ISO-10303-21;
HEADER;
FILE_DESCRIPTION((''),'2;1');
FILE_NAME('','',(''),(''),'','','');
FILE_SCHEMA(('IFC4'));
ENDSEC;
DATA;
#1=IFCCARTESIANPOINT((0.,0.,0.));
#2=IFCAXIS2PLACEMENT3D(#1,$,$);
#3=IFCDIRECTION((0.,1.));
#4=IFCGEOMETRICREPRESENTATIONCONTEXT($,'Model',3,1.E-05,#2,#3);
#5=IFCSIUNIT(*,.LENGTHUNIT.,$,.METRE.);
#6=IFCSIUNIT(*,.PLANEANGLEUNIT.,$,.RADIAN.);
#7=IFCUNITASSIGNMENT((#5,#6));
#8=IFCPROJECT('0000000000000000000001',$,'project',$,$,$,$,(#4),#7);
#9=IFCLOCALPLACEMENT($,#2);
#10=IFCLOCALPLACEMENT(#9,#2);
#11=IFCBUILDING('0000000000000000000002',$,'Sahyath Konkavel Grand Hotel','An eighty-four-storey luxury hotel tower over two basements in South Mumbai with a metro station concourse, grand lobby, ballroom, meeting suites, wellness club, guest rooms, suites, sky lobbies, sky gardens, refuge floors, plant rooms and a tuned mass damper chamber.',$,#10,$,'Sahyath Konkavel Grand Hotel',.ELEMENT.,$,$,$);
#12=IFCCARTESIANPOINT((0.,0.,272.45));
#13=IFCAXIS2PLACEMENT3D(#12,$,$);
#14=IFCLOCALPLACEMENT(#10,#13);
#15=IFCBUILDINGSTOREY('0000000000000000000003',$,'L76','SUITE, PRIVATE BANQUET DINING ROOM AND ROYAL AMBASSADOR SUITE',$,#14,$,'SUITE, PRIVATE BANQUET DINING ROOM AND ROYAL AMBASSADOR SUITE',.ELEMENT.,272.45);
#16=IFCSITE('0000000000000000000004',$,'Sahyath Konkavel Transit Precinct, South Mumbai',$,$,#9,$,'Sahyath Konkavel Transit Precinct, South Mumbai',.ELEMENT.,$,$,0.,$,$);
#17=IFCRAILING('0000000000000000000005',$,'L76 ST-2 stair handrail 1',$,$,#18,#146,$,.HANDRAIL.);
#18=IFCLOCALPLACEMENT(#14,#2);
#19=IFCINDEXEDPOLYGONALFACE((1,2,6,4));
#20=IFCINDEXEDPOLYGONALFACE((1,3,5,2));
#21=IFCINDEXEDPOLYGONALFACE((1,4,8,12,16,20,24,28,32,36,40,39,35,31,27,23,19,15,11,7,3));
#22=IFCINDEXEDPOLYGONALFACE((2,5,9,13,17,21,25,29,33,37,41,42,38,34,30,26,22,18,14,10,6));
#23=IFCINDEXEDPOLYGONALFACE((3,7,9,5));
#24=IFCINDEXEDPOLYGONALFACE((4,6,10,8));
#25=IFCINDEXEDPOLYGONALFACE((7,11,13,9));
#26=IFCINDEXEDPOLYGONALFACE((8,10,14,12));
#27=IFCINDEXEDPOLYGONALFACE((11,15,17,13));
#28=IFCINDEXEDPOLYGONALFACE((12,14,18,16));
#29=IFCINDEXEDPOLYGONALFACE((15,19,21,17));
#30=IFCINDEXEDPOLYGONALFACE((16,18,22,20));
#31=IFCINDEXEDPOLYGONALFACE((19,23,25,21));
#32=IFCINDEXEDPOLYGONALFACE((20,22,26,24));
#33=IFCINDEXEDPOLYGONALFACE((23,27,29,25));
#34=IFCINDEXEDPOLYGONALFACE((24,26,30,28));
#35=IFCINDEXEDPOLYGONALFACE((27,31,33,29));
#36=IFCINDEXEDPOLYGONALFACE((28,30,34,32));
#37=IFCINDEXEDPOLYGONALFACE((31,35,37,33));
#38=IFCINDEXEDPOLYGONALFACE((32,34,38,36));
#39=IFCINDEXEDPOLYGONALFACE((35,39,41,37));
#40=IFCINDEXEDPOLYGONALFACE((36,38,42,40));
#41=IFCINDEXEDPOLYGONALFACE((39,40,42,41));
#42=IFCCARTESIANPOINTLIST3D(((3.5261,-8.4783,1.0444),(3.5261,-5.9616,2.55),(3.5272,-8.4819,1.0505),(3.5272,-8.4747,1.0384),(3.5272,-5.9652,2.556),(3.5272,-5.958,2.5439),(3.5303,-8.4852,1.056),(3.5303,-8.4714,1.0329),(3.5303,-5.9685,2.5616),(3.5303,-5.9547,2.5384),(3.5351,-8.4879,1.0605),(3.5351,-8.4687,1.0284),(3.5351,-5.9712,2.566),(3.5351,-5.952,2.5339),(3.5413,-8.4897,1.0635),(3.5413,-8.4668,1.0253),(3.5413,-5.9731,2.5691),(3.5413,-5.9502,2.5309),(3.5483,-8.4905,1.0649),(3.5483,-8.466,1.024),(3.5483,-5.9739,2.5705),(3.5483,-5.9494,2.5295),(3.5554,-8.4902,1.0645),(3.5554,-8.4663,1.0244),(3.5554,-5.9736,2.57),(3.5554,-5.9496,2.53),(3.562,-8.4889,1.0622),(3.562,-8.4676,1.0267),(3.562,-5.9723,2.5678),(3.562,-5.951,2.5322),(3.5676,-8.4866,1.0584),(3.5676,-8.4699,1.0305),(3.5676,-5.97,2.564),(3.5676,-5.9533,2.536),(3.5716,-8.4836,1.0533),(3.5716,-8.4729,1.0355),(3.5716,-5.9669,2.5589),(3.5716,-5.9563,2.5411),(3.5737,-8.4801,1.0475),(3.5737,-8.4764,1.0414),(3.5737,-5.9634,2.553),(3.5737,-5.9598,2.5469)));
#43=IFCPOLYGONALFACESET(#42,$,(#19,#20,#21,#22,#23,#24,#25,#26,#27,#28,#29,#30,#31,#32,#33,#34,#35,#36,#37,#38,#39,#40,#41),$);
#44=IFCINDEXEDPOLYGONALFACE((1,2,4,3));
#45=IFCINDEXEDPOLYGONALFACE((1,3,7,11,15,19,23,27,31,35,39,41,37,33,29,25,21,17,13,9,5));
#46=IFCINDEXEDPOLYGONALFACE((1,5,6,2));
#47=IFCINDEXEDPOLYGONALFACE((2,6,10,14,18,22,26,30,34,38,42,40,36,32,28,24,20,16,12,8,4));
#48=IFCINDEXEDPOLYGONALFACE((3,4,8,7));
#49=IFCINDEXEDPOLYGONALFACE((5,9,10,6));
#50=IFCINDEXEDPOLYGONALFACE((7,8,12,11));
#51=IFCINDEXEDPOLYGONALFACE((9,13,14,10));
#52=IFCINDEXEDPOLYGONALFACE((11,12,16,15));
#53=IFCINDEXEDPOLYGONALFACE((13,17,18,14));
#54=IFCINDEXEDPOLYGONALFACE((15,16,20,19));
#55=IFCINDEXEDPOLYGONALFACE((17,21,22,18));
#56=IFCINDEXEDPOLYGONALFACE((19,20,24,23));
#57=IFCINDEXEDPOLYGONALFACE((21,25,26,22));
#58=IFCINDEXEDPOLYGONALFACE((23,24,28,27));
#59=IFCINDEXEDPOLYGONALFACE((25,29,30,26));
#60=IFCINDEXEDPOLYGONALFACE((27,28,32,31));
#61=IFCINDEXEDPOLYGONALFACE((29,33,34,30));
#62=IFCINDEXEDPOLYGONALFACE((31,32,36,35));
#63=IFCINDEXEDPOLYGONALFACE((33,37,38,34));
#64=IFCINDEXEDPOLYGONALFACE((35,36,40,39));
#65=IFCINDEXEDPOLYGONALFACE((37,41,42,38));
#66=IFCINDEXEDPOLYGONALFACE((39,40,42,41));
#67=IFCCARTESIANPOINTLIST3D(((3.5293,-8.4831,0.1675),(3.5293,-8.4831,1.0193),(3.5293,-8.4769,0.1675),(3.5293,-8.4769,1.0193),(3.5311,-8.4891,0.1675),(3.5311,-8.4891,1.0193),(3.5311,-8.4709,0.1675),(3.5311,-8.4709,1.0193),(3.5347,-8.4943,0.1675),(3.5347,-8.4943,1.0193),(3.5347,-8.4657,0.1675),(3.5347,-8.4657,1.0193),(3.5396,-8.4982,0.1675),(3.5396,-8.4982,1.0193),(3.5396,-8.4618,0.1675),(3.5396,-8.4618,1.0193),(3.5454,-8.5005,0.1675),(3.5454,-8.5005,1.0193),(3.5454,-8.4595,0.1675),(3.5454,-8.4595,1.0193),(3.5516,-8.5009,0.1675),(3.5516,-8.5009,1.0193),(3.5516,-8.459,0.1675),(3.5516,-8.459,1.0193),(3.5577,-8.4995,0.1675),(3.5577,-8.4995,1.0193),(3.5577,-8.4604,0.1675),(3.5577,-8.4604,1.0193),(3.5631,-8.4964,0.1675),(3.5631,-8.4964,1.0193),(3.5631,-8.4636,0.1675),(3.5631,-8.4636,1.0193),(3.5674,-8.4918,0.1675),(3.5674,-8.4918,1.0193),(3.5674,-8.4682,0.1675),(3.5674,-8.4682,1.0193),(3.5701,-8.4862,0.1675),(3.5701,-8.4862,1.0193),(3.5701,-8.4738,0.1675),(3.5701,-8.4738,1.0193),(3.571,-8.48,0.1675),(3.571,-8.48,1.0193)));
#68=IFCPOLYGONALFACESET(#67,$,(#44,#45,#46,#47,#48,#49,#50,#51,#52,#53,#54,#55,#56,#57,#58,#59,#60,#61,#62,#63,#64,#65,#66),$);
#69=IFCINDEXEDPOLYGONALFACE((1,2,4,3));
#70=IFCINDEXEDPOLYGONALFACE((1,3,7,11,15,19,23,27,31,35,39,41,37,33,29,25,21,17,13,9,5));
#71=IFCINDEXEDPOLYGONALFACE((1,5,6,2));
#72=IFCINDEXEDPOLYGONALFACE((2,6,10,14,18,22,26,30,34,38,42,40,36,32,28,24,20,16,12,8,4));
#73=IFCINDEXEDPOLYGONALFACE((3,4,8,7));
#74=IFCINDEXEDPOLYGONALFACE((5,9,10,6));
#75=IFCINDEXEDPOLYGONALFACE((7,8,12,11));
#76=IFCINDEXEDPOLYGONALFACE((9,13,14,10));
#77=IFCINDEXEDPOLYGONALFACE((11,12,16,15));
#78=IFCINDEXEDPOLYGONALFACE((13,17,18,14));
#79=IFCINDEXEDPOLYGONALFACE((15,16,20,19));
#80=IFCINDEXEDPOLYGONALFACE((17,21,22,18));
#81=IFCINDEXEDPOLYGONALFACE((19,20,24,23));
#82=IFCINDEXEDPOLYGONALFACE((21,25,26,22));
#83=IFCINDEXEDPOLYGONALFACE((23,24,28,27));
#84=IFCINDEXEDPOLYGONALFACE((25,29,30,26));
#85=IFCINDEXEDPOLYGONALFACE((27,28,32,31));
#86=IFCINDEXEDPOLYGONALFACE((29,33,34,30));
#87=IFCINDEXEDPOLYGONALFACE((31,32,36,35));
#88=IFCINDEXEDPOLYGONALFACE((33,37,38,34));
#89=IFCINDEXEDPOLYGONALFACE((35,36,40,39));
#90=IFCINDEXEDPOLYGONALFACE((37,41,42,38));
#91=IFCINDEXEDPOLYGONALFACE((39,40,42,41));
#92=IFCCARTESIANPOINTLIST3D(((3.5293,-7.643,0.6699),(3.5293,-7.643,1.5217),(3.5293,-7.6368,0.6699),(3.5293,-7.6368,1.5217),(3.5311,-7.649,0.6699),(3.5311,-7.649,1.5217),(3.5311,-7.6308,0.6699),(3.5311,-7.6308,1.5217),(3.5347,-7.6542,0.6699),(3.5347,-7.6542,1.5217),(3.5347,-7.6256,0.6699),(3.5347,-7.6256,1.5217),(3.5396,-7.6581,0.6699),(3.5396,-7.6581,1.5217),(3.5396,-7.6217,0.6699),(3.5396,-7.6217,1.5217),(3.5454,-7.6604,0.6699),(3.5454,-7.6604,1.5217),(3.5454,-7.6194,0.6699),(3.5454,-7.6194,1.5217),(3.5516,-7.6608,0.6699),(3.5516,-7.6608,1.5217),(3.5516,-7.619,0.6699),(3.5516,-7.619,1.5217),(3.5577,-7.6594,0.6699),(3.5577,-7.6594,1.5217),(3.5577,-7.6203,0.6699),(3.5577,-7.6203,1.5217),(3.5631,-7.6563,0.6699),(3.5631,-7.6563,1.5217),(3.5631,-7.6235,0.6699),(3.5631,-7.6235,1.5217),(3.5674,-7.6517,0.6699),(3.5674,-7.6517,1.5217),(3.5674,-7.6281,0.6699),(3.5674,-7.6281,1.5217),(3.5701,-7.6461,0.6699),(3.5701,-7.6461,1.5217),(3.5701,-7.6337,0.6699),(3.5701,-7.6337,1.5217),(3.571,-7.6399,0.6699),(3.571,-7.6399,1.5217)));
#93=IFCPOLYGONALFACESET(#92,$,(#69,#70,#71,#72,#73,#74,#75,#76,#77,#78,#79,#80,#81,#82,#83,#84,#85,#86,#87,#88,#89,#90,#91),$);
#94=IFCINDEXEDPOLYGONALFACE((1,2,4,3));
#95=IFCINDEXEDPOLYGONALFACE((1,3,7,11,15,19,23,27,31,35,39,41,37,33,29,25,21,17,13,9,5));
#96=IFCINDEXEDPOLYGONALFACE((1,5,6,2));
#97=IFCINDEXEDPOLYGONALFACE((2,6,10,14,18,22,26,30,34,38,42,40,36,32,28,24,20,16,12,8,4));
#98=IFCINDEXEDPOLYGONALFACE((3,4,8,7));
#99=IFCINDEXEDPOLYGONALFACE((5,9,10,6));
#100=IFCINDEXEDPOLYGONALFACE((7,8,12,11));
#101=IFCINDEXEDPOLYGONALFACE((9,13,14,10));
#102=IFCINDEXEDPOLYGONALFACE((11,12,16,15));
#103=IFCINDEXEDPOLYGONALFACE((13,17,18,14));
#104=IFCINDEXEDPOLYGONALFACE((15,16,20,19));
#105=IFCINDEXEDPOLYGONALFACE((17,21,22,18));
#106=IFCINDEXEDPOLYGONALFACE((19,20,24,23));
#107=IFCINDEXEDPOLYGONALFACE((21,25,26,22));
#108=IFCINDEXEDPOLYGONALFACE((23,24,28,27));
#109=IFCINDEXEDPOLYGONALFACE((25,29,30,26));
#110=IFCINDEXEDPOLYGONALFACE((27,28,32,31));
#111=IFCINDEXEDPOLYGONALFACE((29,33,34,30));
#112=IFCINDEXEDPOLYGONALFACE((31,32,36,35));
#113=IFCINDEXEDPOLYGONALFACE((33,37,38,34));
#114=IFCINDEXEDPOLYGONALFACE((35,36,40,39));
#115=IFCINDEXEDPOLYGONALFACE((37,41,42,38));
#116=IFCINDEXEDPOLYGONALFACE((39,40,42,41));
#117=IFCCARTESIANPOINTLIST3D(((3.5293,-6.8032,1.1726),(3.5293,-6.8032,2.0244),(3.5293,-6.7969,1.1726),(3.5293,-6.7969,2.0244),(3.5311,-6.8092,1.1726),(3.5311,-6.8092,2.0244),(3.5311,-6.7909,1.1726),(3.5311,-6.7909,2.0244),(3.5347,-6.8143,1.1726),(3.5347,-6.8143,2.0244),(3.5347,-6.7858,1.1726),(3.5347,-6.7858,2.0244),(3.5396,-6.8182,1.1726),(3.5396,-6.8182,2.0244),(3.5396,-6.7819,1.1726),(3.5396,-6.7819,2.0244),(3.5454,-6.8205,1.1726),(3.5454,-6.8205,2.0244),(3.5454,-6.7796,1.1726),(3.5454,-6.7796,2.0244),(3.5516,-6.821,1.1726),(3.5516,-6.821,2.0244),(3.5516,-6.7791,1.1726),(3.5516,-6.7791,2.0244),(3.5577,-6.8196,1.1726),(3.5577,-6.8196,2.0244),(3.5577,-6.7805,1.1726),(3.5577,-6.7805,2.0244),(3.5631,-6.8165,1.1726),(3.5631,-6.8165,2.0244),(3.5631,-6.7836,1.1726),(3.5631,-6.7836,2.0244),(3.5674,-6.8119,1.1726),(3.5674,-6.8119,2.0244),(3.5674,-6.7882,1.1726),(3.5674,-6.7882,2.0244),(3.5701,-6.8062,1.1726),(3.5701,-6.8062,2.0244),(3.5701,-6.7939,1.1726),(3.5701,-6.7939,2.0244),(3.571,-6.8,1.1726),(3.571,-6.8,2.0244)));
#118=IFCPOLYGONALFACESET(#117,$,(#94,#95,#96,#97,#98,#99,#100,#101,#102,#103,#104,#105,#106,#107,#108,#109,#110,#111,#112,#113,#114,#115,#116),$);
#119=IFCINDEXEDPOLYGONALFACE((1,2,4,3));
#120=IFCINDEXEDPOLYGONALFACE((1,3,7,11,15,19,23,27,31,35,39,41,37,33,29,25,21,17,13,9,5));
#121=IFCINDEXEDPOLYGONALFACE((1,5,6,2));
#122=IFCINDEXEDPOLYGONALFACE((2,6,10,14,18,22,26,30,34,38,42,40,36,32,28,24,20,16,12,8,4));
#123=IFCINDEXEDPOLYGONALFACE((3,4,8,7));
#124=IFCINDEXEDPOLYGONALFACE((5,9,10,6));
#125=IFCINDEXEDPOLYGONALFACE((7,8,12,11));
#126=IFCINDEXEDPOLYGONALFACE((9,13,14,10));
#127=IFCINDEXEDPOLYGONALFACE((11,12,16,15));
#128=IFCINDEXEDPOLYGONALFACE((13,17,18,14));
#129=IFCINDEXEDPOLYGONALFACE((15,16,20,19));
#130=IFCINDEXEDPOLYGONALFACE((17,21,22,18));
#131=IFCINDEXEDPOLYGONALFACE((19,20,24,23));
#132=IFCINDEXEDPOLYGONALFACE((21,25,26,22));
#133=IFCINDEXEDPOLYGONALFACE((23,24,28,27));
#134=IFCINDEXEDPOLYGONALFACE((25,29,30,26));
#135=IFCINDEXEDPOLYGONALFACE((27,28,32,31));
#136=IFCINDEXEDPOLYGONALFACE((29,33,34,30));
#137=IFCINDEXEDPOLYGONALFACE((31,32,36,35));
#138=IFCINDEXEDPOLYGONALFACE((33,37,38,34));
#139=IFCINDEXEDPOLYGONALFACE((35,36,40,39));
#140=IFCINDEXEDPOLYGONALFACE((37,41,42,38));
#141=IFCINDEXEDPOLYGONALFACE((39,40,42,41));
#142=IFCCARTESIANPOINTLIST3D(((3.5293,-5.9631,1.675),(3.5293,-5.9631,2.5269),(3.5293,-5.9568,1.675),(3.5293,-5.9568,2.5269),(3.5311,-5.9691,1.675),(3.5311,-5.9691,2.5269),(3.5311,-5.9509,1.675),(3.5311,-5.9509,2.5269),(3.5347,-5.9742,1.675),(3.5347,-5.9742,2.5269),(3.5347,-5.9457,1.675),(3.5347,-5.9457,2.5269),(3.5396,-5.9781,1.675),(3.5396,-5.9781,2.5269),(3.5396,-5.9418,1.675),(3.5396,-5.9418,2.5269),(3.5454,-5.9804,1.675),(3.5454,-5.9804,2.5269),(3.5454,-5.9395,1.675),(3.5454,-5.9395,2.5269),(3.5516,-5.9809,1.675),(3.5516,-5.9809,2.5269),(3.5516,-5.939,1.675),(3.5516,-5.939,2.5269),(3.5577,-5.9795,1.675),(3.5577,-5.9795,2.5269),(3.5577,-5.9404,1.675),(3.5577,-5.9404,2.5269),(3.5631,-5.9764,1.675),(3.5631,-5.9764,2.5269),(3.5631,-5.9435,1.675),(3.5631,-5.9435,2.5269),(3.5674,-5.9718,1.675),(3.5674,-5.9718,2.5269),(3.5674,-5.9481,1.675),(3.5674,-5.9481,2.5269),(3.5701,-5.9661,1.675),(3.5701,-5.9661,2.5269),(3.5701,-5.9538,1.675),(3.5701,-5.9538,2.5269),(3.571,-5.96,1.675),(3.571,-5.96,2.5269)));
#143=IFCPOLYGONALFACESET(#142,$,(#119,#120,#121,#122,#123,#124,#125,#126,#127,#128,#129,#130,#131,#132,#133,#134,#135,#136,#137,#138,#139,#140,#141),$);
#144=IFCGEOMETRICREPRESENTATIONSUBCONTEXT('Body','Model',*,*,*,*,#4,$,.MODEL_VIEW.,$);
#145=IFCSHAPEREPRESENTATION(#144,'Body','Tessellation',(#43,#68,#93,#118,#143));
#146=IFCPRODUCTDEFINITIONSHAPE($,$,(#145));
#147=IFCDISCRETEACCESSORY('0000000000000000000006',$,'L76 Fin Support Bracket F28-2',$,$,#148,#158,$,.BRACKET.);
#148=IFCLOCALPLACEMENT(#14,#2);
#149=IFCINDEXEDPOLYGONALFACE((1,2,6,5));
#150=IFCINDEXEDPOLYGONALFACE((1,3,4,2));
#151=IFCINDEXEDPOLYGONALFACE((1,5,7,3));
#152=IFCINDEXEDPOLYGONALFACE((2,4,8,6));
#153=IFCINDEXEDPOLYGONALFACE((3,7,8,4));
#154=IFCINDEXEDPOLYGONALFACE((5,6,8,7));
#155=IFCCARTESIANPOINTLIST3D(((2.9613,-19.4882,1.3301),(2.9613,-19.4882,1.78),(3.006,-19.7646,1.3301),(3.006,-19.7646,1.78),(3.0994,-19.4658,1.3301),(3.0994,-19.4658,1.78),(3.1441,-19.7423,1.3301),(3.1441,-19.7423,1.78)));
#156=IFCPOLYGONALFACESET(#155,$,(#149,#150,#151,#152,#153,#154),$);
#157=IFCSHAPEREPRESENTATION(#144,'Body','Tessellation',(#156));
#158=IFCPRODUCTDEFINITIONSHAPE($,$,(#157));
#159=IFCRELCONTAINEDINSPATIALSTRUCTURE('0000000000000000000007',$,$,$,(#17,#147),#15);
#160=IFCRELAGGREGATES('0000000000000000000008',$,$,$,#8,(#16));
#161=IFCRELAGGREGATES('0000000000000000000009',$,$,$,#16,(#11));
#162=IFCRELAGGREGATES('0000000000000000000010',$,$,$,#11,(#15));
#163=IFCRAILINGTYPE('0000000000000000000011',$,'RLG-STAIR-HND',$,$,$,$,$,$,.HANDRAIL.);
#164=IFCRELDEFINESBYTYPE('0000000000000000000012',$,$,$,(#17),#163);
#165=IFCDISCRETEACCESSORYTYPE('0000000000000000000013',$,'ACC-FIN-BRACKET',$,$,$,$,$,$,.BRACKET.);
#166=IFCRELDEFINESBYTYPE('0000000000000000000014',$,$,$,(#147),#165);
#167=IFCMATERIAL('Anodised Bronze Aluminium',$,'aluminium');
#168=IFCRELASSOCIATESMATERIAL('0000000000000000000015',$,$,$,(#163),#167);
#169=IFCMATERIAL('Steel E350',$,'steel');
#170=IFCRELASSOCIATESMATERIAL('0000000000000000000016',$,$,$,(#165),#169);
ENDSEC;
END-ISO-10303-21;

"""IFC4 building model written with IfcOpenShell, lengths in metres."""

from ifc_helpers import new_model, si_unit, direction, frame, origin, origin_2d, place, context, subcontext, project, spatial, rectangle, circle, extrude, source, transform, mapped, material, type_object, element, save


model = new_model("IFC4")

# Units and contexts
model_context = context("Model", 3, precision=1e-05, world=origin(), true_north=direction((0.0, 1.0)))
body_context = subcontext(model_context, "Body", "Model", "MODEL_VIEW")
ifc_project = project(units=[si_unit("LENGTHUNIT", "METRE"), si_unit("PLANEANGLEUNIT", "RADIAN")], contexts=[model_context])

# Site, building, storey
site_placement = place(None, origin())
site = spatial("IfcSite", under=ifc_project, at=site_placement, Name="Sahyath Konkavel Transit Precinct, South Mumbai", LongName="Sahyath Konkavel Transit Precinct, South Mumbai", CompositionType="ELEMENT", RefElevation=0.0)
building_placement = place(site_placement, origin())
building = spatial("IfcBuilding", under=site, at=building_placement, Name="Sahyath Konkavel Grand Hotel", Description="An eighty-four-storey luxury hotel tower over two basements in South Mumbai with a metro station concourse, grand lobby, ballroom, meeting suites, wellness club, guest rooms, suites, sky lobbies, sky gardens, refuge floors, plant rooms and a tuned mass damper chamber.", LongName="Sahyath Konkavel Grand Hotel", CompositionType="ELEMENT")
storey_placement = place(building_placement, frame((0.0, 0.0, 272.45)))
storey = spatial("IfcBuildingStorey", under=building, at=storey_placement, Name="L76", Description="SUITE, PRIVATE BANQUET DINING ROOM AND ROYAL AMBASSADOR SUITE", LongName="SUITE, PRIVATE BANQUET DINING ROOM AND ROYAL AMBASSADOR SUITE", CompositionType="ELEMENT", Elevation=272.45)

# Shared definitions
ifc_material_1 = material(Name="Steel E350", Category="steel")

# Shared definitions
ifc_material_2 = material(Name="Anodised Bronze Aluminium", Category="aluminium")

# Railing
railing_type_1 = type_object("IfcRailingType", Name="RLG-STAIR-HND", PredefinedType="HANDRAIL", material=ifc_material_2)
railing_1_placement = place(storey_placement, frame((3.55, -8.48, 0.1675)))
element("IfcRailing", 1, at=railing_1_placement, inside=storey, type_object=railing_type_1, Name="L76 ST-2 stair handrail 1", PredefinedType="HANDRAIL", context=body_context, shape_type="SweptSolid", body=[
    extrude(circle(Radius=0.0239, at=origin_2d()), frame((0.0, 0.0017, 0.877), z_axis=(0.0, 0.85816, 0.513383), x_axis=(-1.0, 0.0, 0.0)), (0.0, 0.0, 1.0), 2.9326),
    extrude(circle(Radius=0.021, at=origin_2d()), origin(), (0.0, 0.0, 1.0), 0.8518),
    extrude(circle(Radius=0.021, at=origin_2d()), frame((0.0, 0.8401, 0.5024)), (0.0, 0.0, 1.0), 0.8518),
    extrude(circle(Radius=0.021, at=origin_2d()), frame((0.0, 1.6799, 1.0051)), (0.0, 0.0, 1.0), 0.8518),
    extrude(circle(Radius=0.021, at=origin_2d()), frame((0.0, 2.52, 1.5076)), (0.0, 0.0, 1.0), 0.8518),
])

# Discrete accessory
discrete_accessory_type = type_object("IfcDiscreteAccessoryType", Name="ACC-FIN-BRACKET", PredefinedType="BRACKET", material=ifc_material_1)
shared_shape_1 = source(origin(), body_context, "Body", "SweptSolid", [
    extrude(rectangle(XDim=0.28, YDim=0.1399, at=origin_2d()), origin(), (0.0, 0.0, 1.0), 0.45),
])
discrete_accessory_placement = place(storey_placement, frame((3.0527, -19.6152, 1.3301), z_axis=(0.0, 0.0, 1.0), x_axis=(0.159623, -0.987178, 0.0)))
element("IfcDiscreteAccessory", 2, at=discrete_accessory_placement, inside=storey, type_object=discrete_accessory_type, Name="L76 Fin Support Bracket F28-2", PredefinedType="BRACKET", context=body_context, shape_type="MappedRepresentation", body=[
    mapped(shared_shape_1, transform((0.0, 0.0, 0.0), scale=1.0)),
])

save(model, "model.ifc")
